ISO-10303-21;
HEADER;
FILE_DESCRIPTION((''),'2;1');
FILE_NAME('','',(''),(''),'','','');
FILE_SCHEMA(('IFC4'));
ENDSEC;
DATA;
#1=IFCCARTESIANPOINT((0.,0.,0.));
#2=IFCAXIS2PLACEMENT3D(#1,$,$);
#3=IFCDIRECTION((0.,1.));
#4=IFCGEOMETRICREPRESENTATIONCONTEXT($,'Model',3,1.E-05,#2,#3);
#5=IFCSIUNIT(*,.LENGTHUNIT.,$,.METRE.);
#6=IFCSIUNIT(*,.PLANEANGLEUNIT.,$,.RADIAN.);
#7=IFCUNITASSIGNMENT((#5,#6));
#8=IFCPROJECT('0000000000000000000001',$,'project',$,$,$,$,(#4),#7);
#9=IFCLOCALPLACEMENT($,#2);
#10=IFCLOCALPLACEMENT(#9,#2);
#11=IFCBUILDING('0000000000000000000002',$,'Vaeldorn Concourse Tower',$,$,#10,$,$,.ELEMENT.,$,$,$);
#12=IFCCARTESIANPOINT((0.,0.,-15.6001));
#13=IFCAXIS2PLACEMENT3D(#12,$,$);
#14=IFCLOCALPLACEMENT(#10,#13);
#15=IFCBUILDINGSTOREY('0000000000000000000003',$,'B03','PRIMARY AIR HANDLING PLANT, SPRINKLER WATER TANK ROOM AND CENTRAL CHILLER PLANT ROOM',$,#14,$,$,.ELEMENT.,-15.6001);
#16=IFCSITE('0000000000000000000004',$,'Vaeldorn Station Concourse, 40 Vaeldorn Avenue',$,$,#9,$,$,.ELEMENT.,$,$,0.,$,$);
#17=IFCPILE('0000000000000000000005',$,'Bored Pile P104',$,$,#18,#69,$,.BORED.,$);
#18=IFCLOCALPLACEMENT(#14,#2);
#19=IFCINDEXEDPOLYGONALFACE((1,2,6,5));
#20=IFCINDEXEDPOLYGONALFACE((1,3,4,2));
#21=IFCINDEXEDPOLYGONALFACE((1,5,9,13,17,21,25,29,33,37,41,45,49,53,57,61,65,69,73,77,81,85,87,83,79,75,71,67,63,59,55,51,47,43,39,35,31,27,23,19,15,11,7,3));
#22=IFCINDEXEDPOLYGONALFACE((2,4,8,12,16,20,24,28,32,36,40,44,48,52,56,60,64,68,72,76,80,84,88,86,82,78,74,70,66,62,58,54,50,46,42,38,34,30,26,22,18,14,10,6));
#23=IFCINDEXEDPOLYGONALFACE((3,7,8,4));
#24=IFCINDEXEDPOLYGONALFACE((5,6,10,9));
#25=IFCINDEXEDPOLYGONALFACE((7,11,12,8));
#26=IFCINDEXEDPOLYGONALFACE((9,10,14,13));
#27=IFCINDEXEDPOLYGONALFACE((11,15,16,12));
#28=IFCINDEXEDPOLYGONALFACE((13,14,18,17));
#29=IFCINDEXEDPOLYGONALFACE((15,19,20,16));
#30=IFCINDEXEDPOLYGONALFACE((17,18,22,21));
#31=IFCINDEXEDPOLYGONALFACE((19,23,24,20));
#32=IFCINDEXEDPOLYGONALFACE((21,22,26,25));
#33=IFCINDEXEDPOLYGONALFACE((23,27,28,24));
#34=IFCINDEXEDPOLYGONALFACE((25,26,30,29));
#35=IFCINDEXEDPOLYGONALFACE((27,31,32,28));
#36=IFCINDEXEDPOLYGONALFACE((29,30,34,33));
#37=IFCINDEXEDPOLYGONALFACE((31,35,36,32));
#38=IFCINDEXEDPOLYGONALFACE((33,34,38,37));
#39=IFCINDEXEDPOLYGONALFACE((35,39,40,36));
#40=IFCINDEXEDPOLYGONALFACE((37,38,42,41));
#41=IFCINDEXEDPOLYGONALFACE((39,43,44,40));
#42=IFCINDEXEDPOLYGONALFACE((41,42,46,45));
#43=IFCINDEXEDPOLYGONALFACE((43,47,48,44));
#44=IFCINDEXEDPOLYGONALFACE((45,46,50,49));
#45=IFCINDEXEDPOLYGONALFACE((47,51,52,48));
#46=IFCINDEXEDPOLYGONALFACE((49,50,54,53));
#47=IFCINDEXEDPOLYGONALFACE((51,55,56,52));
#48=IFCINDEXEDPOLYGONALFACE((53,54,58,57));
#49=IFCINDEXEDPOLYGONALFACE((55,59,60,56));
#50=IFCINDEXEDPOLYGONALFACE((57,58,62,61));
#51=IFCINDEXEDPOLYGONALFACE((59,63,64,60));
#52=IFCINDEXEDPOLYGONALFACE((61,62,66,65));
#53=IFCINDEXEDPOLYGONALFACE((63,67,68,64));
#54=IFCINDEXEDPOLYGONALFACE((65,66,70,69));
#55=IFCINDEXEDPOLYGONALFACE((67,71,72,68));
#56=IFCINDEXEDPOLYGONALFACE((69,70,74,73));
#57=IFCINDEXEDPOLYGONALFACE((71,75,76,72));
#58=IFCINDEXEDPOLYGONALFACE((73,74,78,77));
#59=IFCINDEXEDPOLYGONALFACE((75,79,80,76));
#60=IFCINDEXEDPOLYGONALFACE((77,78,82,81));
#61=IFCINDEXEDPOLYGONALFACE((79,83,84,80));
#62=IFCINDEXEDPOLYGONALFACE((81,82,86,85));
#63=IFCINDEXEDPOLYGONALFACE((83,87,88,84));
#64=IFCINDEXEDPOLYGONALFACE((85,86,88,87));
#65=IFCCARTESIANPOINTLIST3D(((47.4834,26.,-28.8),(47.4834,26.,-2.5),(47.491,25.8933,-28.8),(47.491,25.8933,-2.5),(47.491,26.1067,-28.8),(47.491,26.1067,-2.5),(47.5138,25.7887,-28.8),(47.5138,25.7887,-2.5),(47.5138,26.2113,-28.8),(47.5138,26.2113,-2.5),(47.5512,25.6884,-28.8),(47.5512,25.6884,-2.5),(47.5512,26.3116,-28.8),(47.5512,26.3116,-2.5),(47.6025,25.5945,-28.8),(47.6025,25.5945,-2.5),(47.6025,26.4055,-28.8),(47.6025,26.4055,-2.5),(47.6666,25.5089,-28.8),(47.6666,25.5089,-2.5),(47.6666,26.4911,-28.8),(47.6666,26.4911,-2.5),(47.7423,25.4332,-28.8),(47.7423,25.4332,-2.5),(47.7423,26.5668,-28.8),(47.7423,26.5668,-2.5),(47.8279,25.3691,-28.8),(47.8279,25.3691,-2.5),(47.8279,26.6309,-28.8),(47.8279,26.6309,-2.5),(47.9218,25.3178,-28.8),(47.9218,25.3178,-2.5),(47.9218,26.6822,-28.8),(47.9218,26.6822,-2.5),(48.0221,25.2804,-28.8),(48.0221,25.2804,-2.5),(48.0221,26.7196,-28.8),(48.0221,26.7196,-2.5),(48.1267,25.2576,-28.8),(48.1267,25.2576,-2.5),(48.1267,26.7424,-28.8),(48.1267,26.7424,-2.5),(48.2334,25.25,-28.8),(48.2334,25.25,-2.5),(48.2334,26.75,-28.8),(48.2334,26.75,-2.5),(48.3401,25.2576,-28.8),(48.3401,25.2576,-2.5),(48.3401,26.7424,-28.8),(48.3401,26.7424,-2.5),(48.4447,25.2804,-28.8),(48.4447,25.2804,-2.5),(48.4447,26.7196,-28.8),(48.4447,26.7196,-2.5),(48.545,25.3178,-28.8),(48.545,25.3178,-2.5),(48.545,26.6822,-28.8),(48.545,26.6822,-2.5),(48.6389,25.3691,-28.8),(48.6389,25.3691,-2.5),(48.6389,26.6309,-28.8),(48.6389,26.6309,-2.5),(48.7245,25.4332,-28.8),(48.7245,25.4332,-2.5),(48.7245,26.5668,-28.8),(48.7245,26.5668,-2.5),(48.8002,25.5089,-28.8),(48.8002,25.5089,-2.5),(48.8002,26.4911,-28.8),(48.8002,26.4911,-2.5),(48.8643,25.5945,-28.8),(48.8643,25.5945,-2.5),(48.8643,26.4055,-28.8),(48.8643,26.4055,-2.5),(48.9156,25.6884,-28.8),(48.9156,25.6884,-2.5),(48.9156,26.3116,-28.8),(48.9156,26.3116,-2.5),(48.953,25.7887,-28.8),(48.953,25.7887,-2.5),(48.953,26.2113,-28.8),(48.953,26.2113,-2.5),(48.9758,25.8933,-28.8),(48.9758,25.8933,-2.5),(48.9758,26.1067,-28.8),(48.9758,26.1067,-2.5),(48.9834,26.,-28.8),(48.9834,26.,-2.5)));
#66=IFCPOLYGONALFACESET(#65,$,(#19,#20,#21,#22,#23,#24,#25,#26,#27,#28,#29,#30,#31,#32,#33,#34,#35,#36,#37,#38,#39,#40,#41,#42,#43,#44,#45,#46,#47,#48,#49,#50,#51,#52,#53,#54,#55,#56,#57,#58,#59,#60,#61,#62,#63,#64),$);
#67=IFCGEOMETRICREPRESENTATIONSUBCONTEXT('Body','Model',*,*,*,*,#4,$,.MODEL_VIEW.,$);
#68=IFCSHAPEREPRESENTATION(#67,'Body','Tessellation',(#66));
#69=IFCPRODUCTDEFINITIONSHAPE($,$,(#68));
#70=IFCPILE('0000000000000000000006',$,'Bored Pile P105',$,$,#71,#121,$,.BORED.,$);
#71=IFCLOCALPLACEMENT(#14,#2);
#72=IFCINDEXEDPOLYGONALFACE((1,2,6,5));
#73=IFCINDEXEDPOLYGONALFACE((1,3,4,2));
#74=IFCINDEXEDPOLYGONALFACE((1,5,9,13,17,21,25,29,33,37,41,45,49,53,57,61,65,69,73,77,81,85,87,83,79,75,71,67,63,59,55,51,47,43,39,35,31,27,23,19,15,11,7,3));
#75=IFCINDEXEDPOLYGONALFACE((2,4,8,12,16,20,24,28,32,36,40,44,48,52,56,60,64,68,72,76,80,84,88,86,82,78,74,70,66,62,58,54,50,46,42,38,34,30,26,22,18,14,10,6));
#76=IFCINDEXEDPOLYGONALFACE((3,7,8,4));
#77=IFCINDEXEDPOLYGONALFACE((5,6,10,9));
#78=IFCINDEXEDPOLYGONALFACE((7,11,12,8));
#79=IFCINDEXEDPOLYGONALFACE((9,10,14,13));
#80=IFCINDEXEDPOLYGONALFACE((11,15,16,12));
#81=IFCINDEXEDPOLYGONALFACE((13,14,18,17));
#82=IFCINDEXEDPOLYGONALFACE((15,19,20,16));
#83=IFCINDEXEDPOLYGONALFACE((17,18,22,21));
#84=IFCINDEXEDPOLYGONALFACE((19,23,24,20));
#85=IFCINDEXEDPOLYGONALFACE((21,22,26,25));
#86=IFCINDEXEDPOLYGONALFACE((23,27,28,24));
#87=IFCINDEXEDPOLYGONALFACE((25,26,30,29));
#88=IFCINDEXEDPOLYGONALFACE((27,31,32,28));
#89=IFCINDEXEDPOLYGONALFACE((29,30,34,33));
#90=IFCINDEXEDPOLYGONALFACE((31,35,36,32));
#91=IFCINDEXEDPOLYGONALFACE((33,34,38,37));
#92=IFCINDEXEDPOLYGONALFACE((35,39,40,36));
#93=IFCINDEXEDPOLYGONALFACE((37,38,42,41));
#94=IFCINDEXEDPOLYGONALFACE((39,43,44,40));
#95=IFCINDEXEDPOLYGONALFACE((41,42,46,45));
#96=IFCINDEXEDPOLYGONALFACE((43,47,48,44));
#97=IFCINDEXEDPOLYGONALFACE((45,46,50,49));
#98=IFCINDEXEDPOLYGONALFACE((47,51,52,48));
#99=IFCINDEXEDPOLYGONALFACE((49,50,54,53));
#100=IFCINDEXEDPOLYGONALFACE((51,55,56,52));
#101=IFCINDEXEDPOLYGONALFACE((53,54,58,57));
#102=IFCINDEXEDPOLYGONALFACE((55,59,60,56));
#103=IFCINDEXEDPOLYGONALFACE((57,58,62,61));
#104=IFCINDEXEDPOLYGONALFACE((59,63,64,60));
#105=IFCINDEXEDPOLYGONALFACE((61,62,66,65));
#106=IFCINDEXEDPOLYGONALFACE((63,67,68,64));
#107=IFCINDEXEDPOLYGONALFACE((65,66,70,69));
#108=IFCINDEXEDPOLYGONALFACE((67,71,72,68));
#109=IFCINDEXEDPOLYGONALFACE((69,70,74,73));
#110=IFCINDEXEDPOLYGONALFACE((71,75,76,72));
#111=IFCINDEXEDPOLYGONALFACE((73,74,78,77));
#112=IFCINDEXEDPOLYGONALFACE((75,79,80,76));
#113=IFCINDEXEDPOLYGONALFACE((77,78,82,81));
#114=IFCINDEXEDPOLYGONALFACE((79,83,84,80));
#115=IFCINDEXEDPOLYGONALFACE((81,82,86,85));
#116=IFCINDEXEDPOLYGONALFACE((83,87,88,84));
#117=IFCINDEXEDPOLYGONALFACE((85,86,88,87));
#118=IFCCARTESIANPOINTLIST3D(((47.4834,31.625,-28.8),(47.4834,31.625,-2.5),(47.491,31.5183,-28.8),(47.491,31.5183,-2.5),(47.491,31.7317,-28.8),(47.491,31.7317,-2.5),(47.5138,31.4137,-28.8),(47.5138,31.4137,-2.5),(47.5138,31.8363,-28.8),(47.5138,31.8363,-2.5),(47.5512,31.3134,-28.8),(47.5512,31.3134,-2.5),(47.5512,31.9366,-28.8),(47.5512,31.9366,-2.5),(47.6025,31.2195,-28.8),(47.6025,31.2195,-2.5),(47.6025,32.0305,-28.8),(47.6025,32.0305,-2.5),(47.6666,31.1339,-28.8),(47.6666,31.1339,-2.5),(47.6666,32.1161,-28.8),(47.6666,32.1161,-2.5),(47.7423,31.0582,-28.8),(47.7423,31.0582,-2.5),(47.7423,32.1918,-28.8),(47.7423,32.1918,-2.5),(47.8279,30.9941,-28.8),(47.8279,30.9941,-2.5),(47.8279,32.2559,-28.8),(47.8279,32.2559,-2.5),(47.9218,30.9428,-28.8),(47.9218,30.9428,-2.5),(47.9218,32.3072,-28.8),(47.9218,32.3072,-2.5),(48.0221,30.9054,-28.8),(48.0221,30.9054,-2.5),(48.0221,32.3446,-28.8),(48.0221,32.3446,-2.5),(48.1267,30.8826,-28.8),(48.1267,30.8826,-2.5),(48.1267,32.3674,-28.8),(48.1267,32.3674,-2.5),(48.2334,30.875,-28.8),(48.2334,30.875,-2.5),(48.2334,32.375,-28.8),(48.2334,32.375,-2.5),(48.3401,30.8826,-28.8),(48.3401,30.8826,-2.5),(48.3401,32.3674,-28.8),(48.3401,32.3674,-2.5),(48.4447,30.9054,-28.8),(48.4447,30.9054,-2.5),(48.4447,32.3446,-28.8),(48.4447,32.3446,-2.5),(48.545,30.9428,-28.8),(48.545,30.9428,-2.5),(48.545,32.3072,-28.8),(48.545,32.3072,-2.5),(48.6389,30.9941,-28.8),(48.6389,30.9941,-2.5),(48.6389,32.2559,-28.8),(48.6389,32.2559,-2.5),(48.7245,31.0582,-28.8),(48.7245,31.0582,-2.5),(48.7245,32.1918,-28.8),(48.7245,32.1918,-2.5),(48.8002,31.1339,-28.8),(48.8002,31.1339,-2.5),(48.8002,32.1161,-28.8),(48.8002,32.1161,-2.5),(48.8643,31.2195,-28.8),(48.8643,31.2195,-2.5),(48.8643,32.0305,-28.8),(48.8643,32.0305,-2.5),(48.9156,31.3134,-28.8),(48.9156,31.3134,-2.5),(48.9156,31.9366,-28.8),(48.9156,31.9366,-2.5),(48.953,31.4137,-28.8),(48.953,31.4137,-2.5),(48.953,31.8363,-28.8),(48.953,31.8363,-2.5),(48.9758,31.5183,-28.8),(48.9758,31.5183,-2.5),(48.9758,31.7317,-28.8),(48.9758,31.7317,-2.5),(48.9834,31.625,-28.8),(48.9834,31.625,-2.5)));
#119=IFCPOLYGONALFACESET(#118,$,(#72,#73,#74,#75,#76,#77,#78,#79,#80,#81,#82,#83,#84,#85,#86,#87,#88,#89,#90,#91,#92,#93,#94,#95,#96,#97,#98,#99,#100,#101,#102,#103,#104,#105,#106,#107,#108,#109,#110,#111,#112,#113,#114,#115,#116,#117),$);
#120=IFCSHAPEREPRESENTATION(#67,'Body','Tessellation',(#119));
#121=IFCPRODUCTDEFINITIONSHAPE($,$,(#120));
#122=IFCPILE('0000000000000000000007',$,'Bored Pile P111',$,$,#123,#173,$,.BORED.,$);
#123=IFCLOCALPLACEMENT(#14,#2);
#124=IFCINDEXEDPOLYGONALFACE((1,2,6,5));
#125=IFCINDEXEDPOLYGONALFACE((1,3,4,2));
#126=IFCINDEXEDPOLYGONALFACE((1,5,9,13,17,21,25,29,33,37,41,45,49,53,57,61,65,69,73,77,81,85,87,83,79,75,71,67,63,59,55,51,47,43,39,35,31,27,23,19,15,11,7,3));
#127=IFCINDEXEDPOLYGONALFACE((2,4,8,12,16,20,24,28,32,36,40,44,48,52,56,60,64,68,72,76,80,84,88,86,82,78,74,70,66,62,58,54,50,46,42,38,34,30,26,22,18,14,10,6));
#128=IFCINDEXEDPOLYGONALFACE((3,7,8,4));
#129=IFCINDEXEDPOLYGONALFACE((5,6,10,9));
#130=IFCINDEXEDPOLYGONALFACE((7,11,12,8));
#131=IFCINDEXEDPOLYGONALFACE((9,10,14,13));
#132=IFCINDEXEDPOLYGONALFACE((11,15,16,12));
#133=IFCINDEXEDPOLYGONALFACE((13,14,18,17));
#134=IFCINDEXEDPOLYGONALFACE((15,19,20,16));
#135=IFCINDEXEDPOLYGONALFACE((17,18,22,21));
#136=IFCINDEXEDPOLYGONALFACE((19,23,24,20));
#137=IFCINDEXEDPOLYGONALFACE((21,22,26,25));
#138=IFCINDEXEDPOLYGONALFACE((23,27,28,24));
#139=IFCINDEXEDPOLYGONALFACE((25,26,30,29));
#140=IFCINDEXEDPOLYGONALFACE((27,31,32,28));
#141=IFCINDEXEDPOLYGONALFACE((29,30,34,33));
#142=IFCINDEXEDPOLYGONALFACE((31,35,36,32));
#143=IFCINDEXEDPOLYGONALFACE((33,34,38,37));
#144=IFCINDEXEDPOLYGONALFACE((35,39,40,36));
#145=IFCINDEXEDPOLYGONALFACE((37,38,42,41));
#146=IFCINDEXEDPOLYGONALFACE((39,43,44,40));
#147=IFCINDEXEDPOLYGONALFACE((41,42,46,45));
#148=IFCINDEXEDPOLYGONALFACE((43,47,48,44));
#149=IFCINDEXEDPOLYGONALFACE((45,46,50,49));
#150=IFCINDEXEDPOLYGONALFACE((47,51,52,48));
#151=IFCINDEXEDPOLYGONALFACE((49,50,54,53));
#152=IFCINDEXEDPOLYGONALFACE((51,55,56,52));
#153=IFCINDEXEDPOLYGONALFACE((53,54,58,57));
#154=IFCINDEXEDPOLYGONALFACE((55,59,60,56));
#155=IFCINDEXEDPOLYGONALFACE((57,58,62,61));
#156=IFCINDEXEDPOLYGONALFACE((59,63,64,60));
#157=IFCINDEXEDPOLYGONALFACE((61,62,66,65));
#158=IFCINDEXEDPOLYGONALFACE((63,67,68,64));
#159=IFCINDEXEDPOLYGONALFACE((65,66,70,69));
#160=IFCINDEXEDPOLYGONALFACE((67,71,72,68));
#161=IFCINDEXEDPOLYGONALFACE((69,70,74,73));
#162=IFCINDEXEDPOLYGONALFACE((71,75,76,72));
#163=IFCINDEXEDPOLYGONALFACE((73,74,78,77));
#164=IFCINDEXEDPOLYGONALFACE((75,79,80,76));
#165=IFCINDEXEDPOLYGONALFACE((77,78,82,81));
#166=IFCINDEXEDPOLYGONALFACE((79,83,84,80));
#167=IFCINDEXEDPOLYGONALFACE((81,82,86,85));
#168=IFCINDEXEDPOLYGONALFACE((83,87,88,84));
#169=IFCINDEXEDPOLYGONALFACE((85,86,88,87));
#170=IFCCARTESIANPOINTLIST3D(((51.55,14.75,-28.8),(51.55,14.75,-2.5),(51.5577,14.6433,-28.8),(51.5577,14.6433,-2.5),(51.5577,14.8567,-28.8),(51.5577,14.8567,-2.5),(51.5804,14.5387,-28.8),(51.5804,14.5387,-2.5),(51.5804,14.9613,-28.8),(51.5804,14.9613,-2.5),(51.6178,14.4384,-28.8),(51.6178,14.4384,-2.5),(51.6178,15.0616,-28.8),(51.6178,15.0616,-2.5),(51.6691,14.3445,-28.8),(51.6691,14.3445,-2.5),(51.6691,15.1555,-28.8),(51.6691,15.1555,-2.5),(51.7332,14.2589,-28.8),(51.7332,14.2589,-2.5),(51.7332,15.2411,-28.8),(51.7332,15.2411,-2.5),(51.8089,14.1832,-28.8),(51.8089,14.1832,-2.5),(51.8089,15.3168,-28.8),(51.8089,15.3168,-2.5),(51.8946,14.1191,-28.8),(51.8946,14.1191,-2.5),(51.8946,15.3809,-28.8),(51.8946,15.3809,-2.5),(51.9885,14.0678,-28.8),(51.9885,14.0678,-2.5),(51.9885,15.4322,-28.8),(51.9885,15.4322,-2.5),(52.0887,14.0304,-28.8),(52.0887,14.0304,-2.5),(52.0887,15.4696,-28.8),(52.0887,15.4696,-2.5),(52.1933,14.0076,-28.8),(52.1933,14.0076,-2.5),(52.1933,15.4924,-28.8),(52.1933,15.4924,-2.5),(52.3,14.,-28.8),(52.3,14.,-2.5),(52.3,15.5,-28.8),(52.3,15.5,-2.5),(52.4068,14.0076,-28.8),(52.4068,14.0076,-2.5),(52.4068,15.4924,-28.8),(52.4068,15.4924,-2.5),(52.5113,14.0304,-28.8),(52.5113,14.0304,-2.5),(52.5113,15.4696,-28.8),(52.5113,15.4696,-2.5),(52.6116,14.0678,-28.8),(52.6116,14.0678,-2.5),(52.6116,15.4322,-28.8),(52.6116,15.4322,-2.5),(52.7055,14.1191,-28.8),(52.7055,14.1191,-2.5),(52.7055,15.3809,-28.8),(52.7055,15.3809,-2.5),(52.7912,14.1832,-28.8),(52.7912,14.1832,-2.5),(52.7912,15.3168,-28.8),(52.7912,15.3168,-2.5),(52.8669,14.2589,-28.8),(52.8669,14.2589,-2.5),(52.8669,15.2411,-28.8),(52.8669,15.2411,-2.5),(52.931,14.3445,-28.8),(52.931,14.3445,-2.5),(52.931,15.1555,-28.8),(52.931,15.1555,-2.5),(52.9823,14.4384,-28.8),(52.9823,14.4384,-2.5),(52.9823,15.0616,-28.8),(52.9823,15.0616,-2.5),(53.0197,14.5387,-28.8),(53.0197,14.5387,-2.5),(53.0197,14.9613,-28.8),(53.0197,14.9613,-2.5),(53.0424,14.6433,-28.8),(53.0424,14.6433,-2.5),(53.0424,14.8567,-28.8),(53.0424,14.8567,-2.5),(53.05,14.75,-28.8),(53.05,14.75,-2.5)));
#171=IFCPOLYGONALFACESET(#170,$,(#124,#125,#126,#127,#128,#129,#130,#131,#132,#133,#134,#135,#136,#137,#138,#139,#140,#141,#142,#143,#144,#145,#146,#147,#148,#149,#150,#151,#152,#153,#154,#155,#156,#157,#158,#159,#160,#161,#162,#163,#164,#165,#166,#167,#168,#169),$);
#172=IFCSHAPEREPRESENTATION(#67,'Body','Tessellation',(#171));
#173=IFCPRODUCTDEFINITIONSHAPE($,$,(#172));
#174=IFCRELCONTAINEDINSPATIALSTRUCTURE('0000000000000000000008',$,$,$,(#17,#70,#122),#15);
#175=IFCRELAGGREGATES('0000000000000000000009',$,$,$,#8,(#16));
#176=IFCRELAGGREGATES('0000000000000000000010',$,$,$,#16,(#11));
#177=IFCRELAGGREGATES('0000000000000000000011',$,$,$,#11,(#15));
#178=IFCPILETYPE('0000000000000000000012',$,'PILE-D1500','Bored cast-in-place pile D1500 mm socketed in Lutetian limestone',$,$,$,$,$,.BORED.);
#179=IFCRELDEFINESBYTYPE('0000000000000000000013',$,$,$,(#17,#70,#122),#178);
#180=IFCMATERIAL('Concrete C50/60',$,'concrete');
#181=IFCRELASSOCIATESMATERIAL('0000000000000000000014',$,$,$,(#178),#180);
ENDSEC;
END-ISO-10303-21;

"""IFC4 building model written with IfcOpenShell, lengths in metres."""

from ifc_helpers import new_model, si_unit, direction, frame, origin, origin_2d, place, context, subcontext, project, spatial, circle, extrude, material, material_profile, profile_set, type_object, element, save


model = new_model("IFC4")

# Units and contexts
model_context = context("Model", 3, precision=1e-05, world=origin(), true_north=direction((0.0, 1.0)))
body_context = subcontext(model_context, "Body", "Model", "MODEL_VIEW")
ifc_project = project(units=[si_unit("LENGTHUNIT", "METRE"), si_unit("PLANEANGLEUNIT", "RADIAN")], contexts=[model_context])

# Site, building, storey
site_placement = place(None, origin())
site = spatial("IfcSite", under=ifc_project, at=site_placement, Name="Vaeldorn Station Concourse, 40 Vaeldorn Avenue", CompositionType="ELEMENT", RefElevation=0.0)
building_placement = place(site_placement, origin())
building = spatial("IfcBuilding", under=site, at=building_placement, Name="Vaeldorn Concourse Tower", CompositionType="ELEMENT")
storey_placement = place(building_placement, frame((0.0, 0.0, -15.6001)))
storey = spatial("IfcBuildingStorey", under=building, at=storey_placement, Name="B03", Description="PRIMARY AIR HANDLING PLANT, SPRINKLER WATER TANK ROOM AND CENTRAL CHILLER PLANT ROOM", CompositionType="ELEMENT", Elevation=-15.6001)

# Piles
ifc_material_1 = material(Name="Concrete C50/60", Category="concrete")
ifc_material_profile_1 = material_profile(ifc_material_1, circle(Radius=0.75, at=origin_2d()), Name="BORED PILE D1500")
ifc_profile_set_1 = profile_set([ifc_material_profile_1], Name="Concrete C50/60")
pile_type = type_object("IfcPileType", Name="PILE-D1500", Description="Bored cast-in-place pile D1500 mm socketed in Lutetian limestone", PredefinedType="BORED", material=ifc_profile_set_1)
for number, where, z_axis, x_axis, name in (
    (1, (48.2334, 26.0, -2.5), (0.0, 0.0, -1.0), (1.0, 0.0, 0.0), "Bored Pile P104"),
    (2, (48.2334, 31.625, -2.5), (0.0, 0.0, -1.0), (1.0, 0.0, 0.0), "Bored Pile P105"),
    (3, (52.3, 14.75, -2.5), (0.0, 0.0, -1.0), (1.0, 0.0, 0.0), "Bored Pile P111"),
):
    element("IfcPile", number, at=place(storey_placement, frame(where, z_axis=z_axis, x_axis=x_axis)), inside=storey, type_object=pile_type, Name=name, PredefinedType="BORED", context=body_context, shape_type="SweptSolid", body=[
        extrude(circle(Radius=0.75, at=origin_2d()), origin(), (0.0, 0.0, 1.0), 26.3),
    ])

save(model, "model.ifc")
